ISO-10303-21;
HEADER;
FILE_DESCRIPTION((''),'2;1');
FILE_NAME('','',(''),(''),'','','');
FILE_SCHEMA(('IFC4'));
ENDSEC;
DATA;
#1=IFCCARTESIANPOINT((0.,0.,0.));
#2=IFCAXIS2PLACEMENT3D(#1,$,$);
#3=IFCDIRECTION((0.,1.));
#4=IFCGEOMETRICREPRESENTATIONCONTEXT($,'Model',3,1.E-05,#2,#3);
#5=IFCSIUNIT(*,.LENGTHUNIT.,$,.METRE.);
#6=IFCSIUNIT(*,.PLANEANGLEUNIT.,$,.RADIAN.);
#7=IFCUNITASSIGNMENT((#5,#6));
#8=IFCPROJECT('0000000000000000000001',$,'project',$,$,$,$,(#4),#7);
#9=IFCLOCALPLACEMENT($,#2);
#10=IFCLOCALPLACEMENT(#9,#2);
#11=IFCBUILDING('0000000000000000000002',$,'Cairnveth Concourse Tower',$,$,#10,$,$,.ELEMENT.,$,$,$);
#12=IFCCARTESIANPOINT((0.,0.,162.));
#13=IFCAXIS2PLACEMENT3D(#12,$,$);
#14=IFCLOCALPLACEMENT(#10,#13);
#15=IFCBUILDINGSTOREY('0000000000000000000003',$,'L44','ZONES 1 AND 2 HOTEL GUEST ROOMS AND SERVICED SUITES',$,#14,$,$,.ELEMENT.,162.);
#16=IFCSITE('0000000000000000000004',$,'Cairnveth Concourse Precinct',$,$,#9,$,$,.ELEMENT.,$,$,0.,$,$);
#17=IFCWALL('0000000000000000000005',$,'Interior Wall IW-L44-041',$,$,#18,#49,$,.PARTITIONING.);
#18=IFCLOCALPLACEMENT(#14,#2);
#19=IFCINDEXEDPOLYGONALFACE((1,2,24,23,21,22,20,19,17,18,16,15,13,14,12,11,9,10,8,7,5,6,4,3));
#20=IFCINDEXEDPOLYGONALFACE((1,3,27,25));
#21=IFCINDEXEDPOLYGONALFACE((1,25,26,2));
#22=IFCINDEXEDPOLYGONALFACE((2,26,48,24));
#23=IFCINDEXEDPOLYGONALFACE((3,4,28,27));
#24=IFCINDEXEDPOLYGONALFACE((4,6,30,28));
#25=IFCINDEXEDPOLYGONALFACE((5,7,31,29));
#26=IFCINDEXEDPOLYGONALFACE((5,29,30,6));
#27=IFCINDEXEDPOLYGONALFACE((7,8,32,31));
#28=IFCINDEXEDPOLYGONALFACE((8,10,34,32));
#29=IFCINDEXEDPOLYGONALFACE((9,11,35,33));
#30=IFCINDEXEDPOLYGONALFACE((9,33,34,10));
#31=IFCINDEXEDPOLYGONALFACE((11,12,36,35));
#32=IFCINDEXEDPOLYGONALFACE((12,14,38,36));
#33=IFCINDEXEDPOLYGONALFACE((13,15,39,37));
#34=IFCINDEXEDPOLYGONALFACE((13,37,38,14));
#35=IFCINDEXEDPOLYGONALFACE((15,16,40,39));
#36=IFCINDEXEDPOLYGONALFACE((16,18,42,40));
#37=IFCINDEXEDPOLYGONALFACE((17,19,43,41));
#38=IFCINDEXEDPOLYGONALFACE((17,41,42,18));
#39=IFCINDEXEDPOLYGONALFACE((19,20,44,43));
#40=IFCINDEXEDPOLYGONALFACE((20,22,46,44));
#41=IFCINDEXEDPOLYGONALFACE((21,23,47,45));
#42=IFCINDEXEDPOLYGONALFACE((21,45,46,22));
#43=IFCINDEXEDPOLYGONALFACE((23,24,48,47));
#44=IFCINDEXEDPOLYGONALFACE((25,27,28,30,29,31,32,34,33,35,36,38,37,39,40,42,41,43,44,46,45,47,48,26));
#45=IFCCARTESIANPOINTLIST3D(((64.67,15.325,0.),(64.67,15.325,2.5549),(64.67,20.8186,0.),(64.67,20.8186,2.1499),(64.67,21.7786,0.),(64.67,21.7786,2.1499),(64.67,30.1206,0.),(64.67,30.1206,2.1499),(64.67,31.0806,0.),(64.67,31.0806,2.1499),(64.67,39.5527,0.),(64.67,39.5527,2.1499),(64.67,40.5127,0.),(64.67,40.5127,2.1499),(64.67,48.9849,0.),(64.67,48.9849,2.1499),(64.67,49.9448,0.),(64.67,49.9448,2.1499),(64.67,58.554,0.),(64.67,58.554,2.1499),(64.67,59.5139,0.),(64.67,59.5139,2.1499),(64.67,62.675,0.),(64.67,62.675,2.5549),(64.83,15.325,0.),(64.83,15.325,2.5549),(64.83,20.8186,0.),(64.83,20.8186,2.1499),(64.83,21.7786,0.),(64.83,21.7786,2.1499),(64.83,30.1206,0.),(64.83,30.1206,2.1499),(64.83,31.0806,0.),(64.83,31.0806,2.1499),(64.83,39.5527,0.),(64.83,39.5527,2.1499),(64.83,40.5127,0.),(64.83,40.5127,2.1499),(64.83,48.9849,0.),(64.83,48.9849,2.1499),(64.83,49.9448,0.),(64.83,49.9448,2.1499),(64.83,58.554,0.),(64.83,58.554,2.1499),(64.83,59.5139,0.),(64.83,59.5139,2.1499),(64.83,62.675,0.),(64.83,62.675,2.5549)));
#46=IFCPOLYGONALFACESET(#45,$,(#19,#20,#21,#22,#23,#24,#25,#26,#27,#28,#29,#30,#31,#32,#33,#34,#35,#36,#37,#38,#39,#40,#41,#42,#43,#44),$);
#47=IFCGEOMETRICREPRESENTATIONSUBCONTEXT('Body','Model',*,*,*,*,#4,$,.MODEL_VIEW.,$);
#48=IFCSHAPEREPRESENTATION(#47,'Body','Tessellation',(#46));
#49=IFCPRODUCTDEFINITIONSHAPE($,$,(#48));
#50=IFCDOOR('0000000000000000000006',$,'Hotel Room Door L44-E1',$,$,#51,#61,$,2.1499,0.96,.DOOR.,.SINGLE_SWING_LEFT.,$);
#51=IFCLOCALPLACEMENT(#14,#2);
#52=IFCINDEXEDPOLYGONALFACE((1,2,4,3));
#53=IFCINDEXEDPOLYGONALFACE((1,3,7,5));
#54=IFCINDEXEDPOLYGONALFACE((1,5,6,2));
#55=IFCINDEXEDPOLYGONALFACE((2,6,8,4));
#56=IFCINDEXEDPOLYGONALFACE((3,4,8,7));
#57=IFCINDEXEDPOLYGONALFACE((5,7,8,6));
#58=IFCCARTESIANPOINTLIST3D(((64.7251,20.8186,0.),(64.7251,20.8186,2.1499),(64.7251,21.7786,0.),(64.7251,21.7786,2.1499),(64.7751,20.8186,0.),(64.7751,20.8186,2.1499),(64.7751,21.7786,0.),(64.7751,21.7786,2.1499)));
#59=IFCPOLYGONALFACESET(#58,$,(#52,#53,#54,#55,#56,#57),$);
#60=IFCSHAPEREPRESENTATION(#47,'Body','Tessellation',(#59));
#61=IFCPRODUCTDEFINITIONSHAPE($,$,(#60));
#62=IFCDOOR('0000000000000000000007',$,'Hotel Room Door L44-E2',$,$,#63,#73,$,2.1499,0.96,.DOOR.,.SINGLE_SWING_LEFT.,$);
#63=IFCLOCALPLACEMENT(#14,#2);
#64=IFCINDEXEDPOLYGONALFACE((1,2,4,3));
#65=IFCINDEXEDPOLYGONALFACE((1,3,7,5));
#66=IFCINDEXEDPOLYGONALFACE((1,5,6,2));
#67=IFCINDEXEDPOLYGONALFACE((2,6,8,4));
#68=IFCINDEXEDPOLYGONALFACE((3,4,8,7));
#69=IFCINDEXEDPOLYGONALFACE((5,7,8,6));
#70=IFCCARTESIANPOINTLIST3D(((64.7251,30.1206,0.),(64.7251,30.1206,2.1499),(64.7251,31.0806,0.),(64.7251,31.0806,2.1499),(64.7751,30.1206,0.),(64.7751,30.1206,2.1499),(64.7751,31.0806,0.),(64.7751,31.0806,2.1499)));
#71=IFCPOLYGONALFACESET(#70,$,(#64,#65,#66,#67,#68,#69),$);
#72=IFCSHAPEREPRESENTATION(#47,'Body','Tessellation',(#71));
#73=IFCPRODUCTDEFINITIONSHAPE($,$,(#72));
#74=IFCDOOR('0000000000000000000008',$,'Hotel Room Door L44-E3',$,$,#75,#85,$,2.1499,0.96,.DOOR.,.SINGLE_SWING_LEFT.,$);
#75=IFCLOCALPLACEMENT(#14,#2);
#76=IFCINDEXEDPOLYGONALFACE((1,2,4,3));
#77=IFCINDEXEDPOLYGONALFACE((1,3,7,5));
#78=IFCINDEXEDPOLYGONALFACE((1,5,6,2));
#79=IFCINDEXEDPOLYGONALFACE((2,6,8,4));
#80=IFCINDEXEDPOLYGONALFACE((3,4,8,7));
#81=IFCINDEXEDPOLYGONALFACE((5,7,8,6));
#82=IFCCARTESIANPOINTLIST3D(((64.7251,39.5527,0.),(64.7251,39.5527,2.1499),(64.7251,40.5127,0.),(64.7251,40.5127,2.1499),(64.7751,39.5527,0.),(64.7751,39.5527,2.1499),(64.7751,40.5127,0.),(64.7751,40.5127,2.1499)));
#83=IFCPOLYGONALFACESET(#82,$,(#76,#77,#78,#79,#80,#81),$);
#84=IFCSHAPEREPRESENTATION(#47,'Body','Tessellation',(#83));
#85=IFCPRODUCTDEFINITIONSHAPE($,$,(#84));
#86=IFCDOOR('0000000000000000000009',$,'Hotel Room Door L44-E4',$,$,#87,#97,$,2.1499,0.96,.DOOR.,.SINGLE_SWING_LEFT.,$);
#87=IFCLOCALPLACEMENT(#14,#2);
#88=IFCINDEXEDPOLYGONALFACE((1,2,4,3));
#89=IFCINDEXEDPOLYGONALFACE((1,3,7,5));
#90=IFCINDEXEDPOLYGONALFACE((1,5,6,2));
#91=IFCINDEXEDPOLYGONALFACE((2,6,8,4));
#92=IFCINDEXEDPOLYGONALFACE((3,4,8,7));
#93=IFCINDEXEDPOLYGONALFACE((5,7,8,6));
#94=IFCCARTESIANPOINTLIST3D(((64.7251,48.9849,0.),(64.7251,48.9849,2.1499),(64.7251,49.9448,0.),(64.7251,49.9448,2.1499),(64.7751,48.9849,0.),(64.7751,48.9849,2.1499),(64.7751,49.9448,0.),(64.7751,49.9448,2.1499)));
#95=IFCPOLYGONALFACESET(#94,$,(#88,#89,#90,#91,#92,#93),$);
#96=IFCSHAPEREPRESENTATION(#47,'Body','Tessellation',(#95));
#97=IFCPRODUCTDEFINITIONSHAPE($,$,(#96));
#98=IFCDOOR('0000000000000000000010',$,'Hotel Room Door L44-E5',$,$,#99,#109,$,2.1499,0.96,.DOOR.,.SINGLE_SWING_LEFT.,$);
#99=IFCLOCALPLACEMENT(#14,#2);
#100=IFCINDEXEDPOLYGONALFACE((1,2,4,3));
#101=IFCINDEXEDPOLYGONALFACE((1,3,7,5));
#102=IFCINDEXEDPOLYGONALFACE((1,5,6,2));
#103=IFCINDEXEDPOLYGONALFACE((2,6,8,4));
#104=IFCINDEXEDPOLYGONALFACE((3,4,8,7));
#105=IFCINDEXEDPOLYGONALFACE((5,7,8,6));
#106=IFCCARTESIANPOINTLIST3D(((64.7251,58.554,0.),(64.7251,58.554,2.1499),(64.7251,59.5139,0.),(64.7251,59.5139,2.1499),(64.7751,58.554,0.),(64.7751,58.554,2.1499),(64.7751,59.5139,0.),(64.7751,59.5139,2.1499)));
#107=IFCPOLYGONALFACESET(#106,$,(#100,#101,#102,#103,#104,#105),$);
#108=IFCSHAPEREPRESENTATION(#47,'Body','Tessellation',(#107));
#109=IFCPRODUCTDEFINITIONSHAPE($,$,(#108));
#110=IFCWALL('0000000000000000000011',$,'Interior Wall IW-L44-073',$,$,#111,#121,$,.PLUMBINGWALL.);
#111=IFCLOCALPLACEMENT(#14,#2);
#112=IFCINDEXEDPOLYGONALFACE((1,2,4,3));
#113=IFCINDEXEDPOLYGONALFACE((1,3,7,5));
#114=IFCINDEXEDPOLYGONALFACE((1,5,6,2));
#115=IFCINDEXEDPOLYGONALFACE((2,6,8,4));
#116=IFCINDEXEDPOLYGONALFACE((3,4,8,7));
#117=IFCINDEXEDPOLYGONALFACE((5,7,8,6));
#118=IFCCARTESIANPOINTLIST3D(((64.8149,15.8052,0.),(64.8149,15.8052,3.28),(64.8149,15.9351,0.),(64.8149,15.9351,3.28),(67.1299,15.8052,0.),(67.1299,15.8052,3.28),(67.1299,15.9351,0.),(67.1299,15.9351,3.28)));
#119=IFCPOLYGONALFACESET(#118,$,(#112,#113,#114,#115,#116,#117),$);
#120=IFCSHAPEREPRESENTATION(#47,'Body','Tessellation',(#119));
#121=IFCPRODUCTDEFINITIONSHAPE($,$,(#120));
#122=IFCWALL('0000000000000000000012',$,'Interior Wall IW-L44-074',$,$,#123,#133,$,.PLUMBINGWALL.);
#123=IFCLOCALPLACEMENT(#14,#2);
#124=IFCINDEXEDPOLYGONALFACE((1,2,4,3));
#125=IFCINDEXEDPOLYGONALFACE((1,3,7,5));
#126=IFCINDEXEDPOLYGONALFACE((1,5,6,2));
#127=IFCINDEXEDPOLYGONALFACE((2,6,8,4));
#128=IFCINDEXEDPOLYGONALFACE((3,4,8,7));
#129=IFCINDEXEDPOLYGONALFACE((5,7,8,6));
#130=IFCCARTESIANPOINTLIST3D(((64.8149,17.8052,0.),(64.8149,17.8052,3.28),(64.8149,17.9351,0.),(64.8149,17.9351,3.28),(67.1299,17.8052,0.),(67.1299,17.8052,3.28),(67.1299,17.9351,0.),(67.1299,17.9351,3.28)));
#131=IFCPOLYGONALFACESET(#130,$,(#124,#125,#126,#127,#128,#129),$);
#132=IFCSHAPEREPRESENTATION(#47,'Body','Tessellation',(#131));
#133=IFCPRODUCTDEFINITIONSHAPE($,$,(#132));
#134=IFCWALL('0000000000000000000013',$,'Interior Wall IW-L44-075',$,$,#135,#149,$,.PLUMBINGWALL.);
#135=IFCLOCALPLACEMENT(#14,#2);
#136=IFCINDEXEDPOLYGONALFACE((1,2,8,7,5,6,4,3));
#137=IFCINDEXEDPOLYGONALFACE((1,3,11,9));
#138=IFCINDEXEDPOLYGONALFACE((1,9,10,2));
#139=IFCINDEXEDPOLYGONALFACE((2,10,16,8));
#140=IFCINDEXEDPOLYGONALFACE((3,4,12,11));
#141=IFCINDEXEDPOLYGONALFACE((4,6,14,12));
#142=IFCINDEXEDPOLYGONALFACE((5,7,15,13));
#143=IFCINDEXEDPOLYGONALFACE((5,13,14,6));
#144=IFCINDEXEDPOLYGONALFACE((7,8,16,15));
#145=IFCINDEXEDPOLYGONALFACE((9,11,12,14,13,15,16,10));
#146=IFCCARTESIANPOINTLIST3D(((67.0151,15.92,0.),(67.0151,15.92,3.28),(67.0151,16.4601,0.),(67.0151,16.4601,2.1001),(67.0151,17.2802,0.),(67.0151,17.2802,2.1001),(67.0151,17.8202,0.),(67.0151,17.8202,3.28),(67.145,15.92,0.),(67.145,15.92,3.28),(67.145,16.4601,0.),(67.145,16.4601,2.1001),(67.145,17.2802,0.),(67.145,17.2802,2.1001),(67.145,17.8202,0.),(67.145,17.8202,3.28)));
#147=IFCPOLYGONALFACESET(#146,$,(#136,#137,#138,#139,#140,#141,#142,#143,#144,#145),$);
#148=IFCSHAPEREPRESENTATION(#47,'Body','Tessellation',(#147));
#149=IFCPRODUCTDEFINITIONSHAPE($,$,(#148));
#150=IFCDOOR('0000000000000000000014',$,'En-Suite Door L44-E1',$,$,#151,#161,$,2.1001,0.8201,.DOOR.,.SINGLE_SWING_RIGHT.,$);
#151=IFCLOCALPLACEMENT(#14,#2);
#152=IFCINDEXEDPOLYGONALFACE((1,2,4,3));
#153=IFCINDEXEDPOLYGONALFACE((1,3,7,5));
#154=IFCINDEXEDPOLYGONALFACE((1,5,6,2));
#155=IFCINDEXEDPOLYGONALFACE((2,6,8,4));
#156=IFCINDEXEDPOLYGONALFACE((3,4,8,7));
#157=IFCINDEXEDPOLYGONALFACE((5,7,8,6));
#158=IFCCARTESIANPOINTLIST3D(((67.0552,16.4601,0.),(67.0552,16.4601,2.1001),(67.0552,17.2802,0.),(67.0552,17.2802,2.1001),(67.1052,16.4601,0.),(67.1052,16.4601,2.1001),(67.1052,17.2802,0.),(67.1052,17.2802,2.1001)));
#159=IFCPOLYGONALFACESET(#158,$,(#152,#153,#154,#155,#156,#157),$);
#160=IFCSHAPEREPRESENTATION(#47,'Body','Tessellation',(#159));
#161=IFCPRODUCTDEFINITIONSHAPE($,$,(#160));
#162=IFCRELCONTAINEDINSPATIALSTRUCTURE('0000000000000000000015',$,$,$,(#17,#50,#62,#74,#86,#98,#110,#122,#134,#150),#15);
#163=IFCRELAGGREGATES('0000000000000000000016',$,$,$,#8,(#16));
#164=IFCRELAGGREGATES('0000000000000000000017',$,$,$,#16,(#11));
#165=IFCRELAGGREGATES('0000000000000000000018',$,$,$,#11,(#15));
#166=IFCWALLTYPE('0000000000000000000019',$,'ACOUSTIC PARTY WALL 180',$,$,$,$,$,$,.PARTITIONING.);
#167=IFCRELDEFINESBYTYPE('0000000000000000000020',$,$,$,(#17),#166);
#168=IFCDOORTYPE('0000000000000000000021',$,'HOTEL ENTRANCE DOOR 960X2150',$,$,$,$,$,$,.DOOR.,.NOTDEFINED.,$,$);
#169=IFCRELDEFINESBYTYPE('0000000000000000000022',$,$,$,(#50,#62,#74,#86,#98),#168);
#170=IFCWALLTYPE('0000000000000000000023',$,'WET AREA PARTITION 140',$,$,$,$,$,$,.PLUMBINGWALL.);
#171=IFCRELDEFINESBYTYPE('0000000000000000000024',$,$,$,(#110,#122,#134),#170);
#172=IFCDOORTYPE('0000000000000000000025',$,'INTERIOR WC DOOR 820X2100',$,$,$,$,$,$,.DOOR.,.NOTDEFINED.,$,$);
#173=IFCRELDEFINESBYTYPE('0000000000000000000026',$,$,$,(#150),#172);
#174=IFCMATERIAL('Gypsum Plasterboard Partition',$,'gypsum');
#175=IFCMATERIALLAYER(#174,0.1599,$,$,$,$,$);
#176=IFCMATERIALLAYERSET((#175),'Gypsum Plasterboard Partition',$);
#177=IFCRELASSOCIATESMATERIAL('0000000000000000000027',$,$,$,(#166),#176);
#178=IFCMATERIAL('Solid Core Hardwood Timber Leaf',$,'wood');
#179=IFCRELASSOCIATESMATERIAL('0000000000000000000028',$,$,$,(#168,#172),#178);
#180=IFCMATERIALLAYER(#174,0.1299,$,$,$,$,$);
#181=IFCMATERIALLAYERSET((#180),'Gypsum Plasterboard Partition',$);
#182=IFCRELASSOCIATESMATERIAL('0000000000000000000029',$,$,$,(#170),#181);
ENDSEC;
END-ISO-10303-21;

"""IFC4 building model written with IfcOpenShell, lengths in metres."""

from ifc_helpers import new_model, si_unit, direction, frame, frame_2d, origin, place, context, subcontext, project, spatial, rectangle, extrude, material, layer, layer_set, type_object, element, fill, save


model = new_model("IFC4")

# Units and contexts
model_context = context("Model", 3, precision=1e-05, world=origin(), true_north=direction((0.0, 1.0)))
body_context = subcontext(model_context, "Body", "Model", "MODEL_VIEW")
ifc_project = project(units=[si_unit("LENGTHUNIT", "METRE"), si_unit("PLANEANGLEUNIT", "RADIAN")], contexts=[model_context])

# Site, building, storey
site_placement = place(None, origin())
site = spatial("IfcSite", under=ifc_project, at=site_placement, Name="Cairnveth Concourse Precinct", CompositionType="ELEMENT", RefElevation=0.0)
building_placement = place(site_placement, origin())
building = spatial("IfcBuilding", under=site, at=building_placement, Name="Cairnveth Concourse Tower", CompositionType="ELEMENT")
storey_placement = place(building_placement, frame((0.0, 0.0, 162.0)))
storey = spatial("IfcBuildingStorey", under=building, at=storey_placement, Name="L44", Description="ZONES 1 AND 2 HOTEL GUEST ROOMS AND SERVICED SUITES", CompositionType="ELEMENT", Elevation=162.0)

# Wall, openings, doors
ifc_material_1 = material(Name="Gypsum Plasterboard Partition", Category="gypsum")
ifc_layer_1 = layer(ifc_material_1, 0.1599)
ifc_layer_set_1 = layer_set([ifc_layer_1], Name="Gypsum Plasterboard Partition")
wall_type_1 = type_object("IfcWallType", Name="ACOUSTIC PARTY WALL 180", PredefinedType="PARTITIONING", material=ifc_layer_set_1)
wall_1_placement = place(storey_placement, frame((64.75, 15.325, 0.0), z_axis=(0.0, 0.0, 1.0), x_axis=(0.0, 1.0, 0.0)))
wall_1 = element("IfcWall", 1, at=wall_1_placement, inside=storey, type_object=wall_type_1, Name="Interior Wall IW-L44-041", PredefinedType="PARTITIONING", context=body_context, shape_type="SweptSolid", body=[
    extrude(rectangle(XDim=47.3501, YDim=0.1599, at=frame_2d((23.675, 0.0))), origin(), (0.0, 0.0, 1.0), 2.5549),
])
opening_1_placement = place(wall_1_placement, frame((5.4937, 0.0, 0.0)))
opening_1 = element("IfcOpeningElement", 2, at=opening_1_placement, cuts=wall_1, PredefinedType="OPENING", context=body_context, shape_type="SweptSolid", body=[
    extrude(rectangle(XDim=0.96, YDim=2.1499, at=frame_2d((0.48, 1.075))), frame((0.0, 0.0898, 0.0), z_axis=(0.0, -1.0, 0.0), x_axis=(1.0, 0.0, 0.0)), (0.0, 0.0, 1.0), 0.1799),
])
opening_2_placement = place(wall_1_placement, frame((14.7957, 0.0, 0.0)))
opening_2 = element("IfcOpeningElement", 3, at=opening_2_placement, cuts=wall_1, PredefinedType="OPENING", context=body_context, shape_type="SweptSolid", body=[
    extrude(rectangle(XDim=0.96, YDim=2.1499, at=frame_2d((0.48, 1.075))), frame((0.0, 0.0898, 0.0), z_axis=(0.0, -1.0, 0.0), x_axis=(1.0, 0.0, 0.0)), (0.0, 0.0, 1.0), 0.1799),
])
opening_3_placement = place(wall_1_placement, frame((24.2278, 0.0, 0.0)))
opening_3 = element("IfcOpeningElement", 4, at=opening_3_placement, cuts=wall_1, PredefinedType="OPENING", context=body_context, shape_type="SweptSolid", body=[
    extrude(rectangle(XDim=0.96, YDim=2.1499, at=frame_2d((0.48, 1.075))), frame((0.0, 0.0898, 0.0), z_axis=(0.0, -1.0, 0.0), x_axis=(1.0, 0.0, 0.0)), (0.0, 0.0, 1.0), 0.1799),
])
opening_4_placement = place(wall_1_placement, frame((33.6599, 0.0, 0.0)))
opening_4 = element("IfcOpeningElement", 5, at=opening_4_placement, cuts=wall_1, PredefinedType="OPENING", context=body_context, shape_type="SweptSolid", body=[
    extrude(rectangle(XDim=0.96, YDim=2.1499, at=frame_2d((0.48, 1.075))), frame((0.0, 0.0898, 0.0), z_axis=(0.0, -1.0, 0.0), x_axis=(1.0, 0.0, 0.0)), (0.0, 0.0, 1.0), 0.1799),
])
opening_5_placement = place(wall_1_placement, frame((43.229, 0.0, 0.0)))
opening_5 = element("IfcOpeningElement", 6, at=opening_5_placement, cuts=wall_1, PredefinedType="OPENING", context=body_context, shape_type="SweptSolid", body=[
    extrude(rectangle(XDim=0.96, YDim=2.1499, at=frame_2d((0.48, 1.075))), frame((0.0, 0.0898, 0.0), z_axis=(0.0, -1.0, 0.0), x_axis=(1.0, 0.0, 0.0)), (0.0, 0.0, 1.0), 0.1799),
])
ifc_material_2 = material(Name="Solid Core Hardwood Timber Leaf", Category="wood")
door_type_1 = type_object("IfcDoorType", Name="HOTEL ENTRANCE DOOR 960X2150", OperationType="NOTDEFINED", PredefinedType="DOOR", material=ifc_material_2)
door_1_placement = place(opening_1_placement, origin())
door_1 = element("IfcDoor", 7, at=door_1_placement, inside=storey, type_object=door_type_1, Name="Hotel Room Door L44-E1", OperationType="SINGLE_SWING_LEFT", OverallHeight=2.1499, OverallWidth=0.96, PredefinedType="DOOR", context=body_context, shape_type="SweptSolid", body=[
    extrude(rectangle(XDim=0.96, YDim=2.1499, at=frame_2d((0.48, 1.075))), frame((0.0, 0.0249, 0.0), z_axis=(0.0, -1.0, 0.0), x_axis=(1.0, 0.0, 0.0)), (0.0, 0.0, 1.0), 0.05),
])
fill(opening_1, door_1)
door_2_placement = place(opening_2_placement, origin())
door_2 = element("IfcDoor", 8, at=door_2_placement, inside=storey, type_object=door_type_1, Name="Hotel Room Door L44-E2", OperationType="SINGLE_SWING_LEFT", OverallHeight=2.1499, OverallWidth=0.96, PredefinedType="DOOR", context=body_context, shape_type="SweptSolid", body=[
    extrude(rectangle(XDim=0.96, YDim=2.1499, at=frame_2d((0.48, 1.075))), frame((0.0, 0.0249, 0.0), z_axis=(0.0, -1.0, 0.0), x_axis=(1.0, 0.0, 0.0)), (0.0, 0.0, 1.0), 0.05),
])
fill(opening_2, door_2)
door_3_placement = place(opening_3_placement, origin())
door_3 = element("IfcDoor", 9, at=door_3_placement, inside=storey, type_object=door_type_1, Name="Hotel Room Door L44-E3", OperationType="SINGLE_SWING_LEFT", OverallHeight=2.1499, OverallWidth=0.96, PredefinedType="DOOR", context=body_context, shape_type="SweptSolid", body=[
    extrude(rectangle(XDim=0.96, YDim=2.1499, at=frame_2d((0.48, 1.075))), frame((0.0, 0.0249, 0.0), z_axis=(0.0, -1.0, 0.0), x_axis=(1.0, 0.0, 0.0)), (0.0, 0.0, 1.0), 0.05),
])
fill(opening_3, door_3)
door_4_placement = place(opening_4_placement, origin())
door_4 = element("IfcDoor", 10, at=door_4_placement, inside=storey, type_object=door_type_1, Name="Hotel Room Door L44-E4", OperationType="SINGLE_SWING_LEFT", OverallHeight=2.1499, OverallWidth=0.96, PredefinedType="DOOR", context=body_context, shape_type="SweptSolid", body=[
    extrude(rectangle(XDim=0.96, YDim=2.1499, at=frame_2d((0.48, 1.075))), frame((0.0, 0.0249, 0.0), z_axis=(0.0, -1.0, 0.0), x_axis=(1.0, 0.0, 0.0)), (0.0, 0.0, 1.0), 0.05),
])
fill(opening_4, door_4)
door_5_placement = place(opening_5_placement, origin())
door_5 = element("IfcDoor", 11, at=door_5_placement, inside=storey, type_object=door_type_1, Name="Hotel Room Door L44-E5", OperationType="SINGLE_SWING_LEFT", OverallHeight=2.1499, OverallWidth=0.96, PredefinedType="DOOR", context=body_context, shape_type="SweptSolid", body=[
    extrude(rectangle(XDim=0.96, YDim=2.1499, at=frame_2d((0.48, 1.075))), frame((0.0, 0.0249, 0.0), z_axis=(0.0, -1.0, 0.0), x_axis=(1.0, 0.0, 0.0)), (0.0, 0.0, 1.0), 0.05),
])
fill(opening_5, door_5)

# Walls
ifc_layer_2 = layer(ifc_material_1, 0.1299)
ifc_layer_set_2 = layer_set([ifc_layer_2], Name="Gypsum Plasterboard Partition")
wall_type_2 = type_object("IfcWallType", Name="WET AREA PARTITION 140", PredefinedType="PLUMBINGWALL", material=ifc_layer_set_2)
for number, where, z_axis, x_axis, name in (
    (12, (64.8149, 15.8701, 0.0), (0.0, 0.0, 1.0), (1.0, 0.0, 0.0), "Interior Wall IW-L44-073"),
    (13, (64.8149, 17.8701, 0.0), (0.0, 0.0, 1.0), (1.0, 0.0, 0.0), "Interior Wall IW-L44-074"),
):
    element("IfcWall", number, at=place(storey_placement, frame(where, z_axis=z_axis, x_axis=x_axis)), inside=storey, type_object=wall_type_2, Name=name, PredefinedType="PLUMBINGWALL", context=body_context, shape_type="SweptSolid", body=[
        extrude(rectangle(XDim=2.3149, YDim=0.1299, at=frame_2d((1.1575, 0.0))), origin(), (0.0, 0.0, 1.0), 3.28),
    ])

# Wall, opening, door
wall_2_placement = place(storey_placement, frame((67.0801, 15.9199, 0.0), z_axis=(0.0, 0.0, 1.0), x_axis=(0.0, 1.0, 0.0)))
wall_2 = element("IfcWall", 14, at=wall_2_placement, inside=storey, type_object=wall_type_2, Name="Interior Wall IW-L44-075", PredefinedType="PLUMBINGWALL", context=body_context, shape_type="SweptSolid", body=[
    extrude(rectangle(XDim=1.9001, YDim=0.1299, at=frame_2d((0.9502, 0.0))), origin(), (0.0, 0.0, 1.0), 3.28),
])
opening_6_placement = place(wall_2_placement, frame((0.54, 0.0, 0.0)))
opening_6 = element("IfcOpeningElement", 15, at=opening_6_placement, cuts=wall_2, PredefinedType="OPENING", context=body_context, shape_type="SweptSolid", body=[
    extrude(rectangle(XDim=0.8201, YDim=2.1001, at=frame_2d((0.4102, 1.05))), frame((0.0, 0.075, 0.0), z_axis=(0.0, -1.0, 0.0), x_axis=(1.0, 0.0, 0.0)), (0.0, 0.0, 1.0), 0.1499),
])
door_type_2 = type_object("IfcDoorType", Name="INTERIOR WC DOOR 820X2100", OperationType="NOTDEFINED", PredefinedType="DOOR", material=ifc_material_2)
door_6_placement = place(opening_6_placement, origin())
door_6 = element("IfcDoor", 16, at=door_6_placement, inside=storey, type_object=door_type_2, Name="En-Suite Door L44-E1", OperationType="SINGLE_SWING_RIGHT", OverallHeight=2.1001, OverallWidth=0.8201, PredefinedType="DOOR", context=body_context, shape_type="SweptSolid", body=[
    extrude(rectangle(XDim=0.8201, YDim=2.1001, at=frame_2d((0.4102, 1.05))), frame((0.0, 0.0249, 0.0), z_axis=(0.0, -1.0, 0.0), x_axis=(1.0, 0.0, 0.0)), (0.0, 0.0, 1.0), 0.05),
])
fill(opening_6, door_6)

save(model, "model.ifc")
